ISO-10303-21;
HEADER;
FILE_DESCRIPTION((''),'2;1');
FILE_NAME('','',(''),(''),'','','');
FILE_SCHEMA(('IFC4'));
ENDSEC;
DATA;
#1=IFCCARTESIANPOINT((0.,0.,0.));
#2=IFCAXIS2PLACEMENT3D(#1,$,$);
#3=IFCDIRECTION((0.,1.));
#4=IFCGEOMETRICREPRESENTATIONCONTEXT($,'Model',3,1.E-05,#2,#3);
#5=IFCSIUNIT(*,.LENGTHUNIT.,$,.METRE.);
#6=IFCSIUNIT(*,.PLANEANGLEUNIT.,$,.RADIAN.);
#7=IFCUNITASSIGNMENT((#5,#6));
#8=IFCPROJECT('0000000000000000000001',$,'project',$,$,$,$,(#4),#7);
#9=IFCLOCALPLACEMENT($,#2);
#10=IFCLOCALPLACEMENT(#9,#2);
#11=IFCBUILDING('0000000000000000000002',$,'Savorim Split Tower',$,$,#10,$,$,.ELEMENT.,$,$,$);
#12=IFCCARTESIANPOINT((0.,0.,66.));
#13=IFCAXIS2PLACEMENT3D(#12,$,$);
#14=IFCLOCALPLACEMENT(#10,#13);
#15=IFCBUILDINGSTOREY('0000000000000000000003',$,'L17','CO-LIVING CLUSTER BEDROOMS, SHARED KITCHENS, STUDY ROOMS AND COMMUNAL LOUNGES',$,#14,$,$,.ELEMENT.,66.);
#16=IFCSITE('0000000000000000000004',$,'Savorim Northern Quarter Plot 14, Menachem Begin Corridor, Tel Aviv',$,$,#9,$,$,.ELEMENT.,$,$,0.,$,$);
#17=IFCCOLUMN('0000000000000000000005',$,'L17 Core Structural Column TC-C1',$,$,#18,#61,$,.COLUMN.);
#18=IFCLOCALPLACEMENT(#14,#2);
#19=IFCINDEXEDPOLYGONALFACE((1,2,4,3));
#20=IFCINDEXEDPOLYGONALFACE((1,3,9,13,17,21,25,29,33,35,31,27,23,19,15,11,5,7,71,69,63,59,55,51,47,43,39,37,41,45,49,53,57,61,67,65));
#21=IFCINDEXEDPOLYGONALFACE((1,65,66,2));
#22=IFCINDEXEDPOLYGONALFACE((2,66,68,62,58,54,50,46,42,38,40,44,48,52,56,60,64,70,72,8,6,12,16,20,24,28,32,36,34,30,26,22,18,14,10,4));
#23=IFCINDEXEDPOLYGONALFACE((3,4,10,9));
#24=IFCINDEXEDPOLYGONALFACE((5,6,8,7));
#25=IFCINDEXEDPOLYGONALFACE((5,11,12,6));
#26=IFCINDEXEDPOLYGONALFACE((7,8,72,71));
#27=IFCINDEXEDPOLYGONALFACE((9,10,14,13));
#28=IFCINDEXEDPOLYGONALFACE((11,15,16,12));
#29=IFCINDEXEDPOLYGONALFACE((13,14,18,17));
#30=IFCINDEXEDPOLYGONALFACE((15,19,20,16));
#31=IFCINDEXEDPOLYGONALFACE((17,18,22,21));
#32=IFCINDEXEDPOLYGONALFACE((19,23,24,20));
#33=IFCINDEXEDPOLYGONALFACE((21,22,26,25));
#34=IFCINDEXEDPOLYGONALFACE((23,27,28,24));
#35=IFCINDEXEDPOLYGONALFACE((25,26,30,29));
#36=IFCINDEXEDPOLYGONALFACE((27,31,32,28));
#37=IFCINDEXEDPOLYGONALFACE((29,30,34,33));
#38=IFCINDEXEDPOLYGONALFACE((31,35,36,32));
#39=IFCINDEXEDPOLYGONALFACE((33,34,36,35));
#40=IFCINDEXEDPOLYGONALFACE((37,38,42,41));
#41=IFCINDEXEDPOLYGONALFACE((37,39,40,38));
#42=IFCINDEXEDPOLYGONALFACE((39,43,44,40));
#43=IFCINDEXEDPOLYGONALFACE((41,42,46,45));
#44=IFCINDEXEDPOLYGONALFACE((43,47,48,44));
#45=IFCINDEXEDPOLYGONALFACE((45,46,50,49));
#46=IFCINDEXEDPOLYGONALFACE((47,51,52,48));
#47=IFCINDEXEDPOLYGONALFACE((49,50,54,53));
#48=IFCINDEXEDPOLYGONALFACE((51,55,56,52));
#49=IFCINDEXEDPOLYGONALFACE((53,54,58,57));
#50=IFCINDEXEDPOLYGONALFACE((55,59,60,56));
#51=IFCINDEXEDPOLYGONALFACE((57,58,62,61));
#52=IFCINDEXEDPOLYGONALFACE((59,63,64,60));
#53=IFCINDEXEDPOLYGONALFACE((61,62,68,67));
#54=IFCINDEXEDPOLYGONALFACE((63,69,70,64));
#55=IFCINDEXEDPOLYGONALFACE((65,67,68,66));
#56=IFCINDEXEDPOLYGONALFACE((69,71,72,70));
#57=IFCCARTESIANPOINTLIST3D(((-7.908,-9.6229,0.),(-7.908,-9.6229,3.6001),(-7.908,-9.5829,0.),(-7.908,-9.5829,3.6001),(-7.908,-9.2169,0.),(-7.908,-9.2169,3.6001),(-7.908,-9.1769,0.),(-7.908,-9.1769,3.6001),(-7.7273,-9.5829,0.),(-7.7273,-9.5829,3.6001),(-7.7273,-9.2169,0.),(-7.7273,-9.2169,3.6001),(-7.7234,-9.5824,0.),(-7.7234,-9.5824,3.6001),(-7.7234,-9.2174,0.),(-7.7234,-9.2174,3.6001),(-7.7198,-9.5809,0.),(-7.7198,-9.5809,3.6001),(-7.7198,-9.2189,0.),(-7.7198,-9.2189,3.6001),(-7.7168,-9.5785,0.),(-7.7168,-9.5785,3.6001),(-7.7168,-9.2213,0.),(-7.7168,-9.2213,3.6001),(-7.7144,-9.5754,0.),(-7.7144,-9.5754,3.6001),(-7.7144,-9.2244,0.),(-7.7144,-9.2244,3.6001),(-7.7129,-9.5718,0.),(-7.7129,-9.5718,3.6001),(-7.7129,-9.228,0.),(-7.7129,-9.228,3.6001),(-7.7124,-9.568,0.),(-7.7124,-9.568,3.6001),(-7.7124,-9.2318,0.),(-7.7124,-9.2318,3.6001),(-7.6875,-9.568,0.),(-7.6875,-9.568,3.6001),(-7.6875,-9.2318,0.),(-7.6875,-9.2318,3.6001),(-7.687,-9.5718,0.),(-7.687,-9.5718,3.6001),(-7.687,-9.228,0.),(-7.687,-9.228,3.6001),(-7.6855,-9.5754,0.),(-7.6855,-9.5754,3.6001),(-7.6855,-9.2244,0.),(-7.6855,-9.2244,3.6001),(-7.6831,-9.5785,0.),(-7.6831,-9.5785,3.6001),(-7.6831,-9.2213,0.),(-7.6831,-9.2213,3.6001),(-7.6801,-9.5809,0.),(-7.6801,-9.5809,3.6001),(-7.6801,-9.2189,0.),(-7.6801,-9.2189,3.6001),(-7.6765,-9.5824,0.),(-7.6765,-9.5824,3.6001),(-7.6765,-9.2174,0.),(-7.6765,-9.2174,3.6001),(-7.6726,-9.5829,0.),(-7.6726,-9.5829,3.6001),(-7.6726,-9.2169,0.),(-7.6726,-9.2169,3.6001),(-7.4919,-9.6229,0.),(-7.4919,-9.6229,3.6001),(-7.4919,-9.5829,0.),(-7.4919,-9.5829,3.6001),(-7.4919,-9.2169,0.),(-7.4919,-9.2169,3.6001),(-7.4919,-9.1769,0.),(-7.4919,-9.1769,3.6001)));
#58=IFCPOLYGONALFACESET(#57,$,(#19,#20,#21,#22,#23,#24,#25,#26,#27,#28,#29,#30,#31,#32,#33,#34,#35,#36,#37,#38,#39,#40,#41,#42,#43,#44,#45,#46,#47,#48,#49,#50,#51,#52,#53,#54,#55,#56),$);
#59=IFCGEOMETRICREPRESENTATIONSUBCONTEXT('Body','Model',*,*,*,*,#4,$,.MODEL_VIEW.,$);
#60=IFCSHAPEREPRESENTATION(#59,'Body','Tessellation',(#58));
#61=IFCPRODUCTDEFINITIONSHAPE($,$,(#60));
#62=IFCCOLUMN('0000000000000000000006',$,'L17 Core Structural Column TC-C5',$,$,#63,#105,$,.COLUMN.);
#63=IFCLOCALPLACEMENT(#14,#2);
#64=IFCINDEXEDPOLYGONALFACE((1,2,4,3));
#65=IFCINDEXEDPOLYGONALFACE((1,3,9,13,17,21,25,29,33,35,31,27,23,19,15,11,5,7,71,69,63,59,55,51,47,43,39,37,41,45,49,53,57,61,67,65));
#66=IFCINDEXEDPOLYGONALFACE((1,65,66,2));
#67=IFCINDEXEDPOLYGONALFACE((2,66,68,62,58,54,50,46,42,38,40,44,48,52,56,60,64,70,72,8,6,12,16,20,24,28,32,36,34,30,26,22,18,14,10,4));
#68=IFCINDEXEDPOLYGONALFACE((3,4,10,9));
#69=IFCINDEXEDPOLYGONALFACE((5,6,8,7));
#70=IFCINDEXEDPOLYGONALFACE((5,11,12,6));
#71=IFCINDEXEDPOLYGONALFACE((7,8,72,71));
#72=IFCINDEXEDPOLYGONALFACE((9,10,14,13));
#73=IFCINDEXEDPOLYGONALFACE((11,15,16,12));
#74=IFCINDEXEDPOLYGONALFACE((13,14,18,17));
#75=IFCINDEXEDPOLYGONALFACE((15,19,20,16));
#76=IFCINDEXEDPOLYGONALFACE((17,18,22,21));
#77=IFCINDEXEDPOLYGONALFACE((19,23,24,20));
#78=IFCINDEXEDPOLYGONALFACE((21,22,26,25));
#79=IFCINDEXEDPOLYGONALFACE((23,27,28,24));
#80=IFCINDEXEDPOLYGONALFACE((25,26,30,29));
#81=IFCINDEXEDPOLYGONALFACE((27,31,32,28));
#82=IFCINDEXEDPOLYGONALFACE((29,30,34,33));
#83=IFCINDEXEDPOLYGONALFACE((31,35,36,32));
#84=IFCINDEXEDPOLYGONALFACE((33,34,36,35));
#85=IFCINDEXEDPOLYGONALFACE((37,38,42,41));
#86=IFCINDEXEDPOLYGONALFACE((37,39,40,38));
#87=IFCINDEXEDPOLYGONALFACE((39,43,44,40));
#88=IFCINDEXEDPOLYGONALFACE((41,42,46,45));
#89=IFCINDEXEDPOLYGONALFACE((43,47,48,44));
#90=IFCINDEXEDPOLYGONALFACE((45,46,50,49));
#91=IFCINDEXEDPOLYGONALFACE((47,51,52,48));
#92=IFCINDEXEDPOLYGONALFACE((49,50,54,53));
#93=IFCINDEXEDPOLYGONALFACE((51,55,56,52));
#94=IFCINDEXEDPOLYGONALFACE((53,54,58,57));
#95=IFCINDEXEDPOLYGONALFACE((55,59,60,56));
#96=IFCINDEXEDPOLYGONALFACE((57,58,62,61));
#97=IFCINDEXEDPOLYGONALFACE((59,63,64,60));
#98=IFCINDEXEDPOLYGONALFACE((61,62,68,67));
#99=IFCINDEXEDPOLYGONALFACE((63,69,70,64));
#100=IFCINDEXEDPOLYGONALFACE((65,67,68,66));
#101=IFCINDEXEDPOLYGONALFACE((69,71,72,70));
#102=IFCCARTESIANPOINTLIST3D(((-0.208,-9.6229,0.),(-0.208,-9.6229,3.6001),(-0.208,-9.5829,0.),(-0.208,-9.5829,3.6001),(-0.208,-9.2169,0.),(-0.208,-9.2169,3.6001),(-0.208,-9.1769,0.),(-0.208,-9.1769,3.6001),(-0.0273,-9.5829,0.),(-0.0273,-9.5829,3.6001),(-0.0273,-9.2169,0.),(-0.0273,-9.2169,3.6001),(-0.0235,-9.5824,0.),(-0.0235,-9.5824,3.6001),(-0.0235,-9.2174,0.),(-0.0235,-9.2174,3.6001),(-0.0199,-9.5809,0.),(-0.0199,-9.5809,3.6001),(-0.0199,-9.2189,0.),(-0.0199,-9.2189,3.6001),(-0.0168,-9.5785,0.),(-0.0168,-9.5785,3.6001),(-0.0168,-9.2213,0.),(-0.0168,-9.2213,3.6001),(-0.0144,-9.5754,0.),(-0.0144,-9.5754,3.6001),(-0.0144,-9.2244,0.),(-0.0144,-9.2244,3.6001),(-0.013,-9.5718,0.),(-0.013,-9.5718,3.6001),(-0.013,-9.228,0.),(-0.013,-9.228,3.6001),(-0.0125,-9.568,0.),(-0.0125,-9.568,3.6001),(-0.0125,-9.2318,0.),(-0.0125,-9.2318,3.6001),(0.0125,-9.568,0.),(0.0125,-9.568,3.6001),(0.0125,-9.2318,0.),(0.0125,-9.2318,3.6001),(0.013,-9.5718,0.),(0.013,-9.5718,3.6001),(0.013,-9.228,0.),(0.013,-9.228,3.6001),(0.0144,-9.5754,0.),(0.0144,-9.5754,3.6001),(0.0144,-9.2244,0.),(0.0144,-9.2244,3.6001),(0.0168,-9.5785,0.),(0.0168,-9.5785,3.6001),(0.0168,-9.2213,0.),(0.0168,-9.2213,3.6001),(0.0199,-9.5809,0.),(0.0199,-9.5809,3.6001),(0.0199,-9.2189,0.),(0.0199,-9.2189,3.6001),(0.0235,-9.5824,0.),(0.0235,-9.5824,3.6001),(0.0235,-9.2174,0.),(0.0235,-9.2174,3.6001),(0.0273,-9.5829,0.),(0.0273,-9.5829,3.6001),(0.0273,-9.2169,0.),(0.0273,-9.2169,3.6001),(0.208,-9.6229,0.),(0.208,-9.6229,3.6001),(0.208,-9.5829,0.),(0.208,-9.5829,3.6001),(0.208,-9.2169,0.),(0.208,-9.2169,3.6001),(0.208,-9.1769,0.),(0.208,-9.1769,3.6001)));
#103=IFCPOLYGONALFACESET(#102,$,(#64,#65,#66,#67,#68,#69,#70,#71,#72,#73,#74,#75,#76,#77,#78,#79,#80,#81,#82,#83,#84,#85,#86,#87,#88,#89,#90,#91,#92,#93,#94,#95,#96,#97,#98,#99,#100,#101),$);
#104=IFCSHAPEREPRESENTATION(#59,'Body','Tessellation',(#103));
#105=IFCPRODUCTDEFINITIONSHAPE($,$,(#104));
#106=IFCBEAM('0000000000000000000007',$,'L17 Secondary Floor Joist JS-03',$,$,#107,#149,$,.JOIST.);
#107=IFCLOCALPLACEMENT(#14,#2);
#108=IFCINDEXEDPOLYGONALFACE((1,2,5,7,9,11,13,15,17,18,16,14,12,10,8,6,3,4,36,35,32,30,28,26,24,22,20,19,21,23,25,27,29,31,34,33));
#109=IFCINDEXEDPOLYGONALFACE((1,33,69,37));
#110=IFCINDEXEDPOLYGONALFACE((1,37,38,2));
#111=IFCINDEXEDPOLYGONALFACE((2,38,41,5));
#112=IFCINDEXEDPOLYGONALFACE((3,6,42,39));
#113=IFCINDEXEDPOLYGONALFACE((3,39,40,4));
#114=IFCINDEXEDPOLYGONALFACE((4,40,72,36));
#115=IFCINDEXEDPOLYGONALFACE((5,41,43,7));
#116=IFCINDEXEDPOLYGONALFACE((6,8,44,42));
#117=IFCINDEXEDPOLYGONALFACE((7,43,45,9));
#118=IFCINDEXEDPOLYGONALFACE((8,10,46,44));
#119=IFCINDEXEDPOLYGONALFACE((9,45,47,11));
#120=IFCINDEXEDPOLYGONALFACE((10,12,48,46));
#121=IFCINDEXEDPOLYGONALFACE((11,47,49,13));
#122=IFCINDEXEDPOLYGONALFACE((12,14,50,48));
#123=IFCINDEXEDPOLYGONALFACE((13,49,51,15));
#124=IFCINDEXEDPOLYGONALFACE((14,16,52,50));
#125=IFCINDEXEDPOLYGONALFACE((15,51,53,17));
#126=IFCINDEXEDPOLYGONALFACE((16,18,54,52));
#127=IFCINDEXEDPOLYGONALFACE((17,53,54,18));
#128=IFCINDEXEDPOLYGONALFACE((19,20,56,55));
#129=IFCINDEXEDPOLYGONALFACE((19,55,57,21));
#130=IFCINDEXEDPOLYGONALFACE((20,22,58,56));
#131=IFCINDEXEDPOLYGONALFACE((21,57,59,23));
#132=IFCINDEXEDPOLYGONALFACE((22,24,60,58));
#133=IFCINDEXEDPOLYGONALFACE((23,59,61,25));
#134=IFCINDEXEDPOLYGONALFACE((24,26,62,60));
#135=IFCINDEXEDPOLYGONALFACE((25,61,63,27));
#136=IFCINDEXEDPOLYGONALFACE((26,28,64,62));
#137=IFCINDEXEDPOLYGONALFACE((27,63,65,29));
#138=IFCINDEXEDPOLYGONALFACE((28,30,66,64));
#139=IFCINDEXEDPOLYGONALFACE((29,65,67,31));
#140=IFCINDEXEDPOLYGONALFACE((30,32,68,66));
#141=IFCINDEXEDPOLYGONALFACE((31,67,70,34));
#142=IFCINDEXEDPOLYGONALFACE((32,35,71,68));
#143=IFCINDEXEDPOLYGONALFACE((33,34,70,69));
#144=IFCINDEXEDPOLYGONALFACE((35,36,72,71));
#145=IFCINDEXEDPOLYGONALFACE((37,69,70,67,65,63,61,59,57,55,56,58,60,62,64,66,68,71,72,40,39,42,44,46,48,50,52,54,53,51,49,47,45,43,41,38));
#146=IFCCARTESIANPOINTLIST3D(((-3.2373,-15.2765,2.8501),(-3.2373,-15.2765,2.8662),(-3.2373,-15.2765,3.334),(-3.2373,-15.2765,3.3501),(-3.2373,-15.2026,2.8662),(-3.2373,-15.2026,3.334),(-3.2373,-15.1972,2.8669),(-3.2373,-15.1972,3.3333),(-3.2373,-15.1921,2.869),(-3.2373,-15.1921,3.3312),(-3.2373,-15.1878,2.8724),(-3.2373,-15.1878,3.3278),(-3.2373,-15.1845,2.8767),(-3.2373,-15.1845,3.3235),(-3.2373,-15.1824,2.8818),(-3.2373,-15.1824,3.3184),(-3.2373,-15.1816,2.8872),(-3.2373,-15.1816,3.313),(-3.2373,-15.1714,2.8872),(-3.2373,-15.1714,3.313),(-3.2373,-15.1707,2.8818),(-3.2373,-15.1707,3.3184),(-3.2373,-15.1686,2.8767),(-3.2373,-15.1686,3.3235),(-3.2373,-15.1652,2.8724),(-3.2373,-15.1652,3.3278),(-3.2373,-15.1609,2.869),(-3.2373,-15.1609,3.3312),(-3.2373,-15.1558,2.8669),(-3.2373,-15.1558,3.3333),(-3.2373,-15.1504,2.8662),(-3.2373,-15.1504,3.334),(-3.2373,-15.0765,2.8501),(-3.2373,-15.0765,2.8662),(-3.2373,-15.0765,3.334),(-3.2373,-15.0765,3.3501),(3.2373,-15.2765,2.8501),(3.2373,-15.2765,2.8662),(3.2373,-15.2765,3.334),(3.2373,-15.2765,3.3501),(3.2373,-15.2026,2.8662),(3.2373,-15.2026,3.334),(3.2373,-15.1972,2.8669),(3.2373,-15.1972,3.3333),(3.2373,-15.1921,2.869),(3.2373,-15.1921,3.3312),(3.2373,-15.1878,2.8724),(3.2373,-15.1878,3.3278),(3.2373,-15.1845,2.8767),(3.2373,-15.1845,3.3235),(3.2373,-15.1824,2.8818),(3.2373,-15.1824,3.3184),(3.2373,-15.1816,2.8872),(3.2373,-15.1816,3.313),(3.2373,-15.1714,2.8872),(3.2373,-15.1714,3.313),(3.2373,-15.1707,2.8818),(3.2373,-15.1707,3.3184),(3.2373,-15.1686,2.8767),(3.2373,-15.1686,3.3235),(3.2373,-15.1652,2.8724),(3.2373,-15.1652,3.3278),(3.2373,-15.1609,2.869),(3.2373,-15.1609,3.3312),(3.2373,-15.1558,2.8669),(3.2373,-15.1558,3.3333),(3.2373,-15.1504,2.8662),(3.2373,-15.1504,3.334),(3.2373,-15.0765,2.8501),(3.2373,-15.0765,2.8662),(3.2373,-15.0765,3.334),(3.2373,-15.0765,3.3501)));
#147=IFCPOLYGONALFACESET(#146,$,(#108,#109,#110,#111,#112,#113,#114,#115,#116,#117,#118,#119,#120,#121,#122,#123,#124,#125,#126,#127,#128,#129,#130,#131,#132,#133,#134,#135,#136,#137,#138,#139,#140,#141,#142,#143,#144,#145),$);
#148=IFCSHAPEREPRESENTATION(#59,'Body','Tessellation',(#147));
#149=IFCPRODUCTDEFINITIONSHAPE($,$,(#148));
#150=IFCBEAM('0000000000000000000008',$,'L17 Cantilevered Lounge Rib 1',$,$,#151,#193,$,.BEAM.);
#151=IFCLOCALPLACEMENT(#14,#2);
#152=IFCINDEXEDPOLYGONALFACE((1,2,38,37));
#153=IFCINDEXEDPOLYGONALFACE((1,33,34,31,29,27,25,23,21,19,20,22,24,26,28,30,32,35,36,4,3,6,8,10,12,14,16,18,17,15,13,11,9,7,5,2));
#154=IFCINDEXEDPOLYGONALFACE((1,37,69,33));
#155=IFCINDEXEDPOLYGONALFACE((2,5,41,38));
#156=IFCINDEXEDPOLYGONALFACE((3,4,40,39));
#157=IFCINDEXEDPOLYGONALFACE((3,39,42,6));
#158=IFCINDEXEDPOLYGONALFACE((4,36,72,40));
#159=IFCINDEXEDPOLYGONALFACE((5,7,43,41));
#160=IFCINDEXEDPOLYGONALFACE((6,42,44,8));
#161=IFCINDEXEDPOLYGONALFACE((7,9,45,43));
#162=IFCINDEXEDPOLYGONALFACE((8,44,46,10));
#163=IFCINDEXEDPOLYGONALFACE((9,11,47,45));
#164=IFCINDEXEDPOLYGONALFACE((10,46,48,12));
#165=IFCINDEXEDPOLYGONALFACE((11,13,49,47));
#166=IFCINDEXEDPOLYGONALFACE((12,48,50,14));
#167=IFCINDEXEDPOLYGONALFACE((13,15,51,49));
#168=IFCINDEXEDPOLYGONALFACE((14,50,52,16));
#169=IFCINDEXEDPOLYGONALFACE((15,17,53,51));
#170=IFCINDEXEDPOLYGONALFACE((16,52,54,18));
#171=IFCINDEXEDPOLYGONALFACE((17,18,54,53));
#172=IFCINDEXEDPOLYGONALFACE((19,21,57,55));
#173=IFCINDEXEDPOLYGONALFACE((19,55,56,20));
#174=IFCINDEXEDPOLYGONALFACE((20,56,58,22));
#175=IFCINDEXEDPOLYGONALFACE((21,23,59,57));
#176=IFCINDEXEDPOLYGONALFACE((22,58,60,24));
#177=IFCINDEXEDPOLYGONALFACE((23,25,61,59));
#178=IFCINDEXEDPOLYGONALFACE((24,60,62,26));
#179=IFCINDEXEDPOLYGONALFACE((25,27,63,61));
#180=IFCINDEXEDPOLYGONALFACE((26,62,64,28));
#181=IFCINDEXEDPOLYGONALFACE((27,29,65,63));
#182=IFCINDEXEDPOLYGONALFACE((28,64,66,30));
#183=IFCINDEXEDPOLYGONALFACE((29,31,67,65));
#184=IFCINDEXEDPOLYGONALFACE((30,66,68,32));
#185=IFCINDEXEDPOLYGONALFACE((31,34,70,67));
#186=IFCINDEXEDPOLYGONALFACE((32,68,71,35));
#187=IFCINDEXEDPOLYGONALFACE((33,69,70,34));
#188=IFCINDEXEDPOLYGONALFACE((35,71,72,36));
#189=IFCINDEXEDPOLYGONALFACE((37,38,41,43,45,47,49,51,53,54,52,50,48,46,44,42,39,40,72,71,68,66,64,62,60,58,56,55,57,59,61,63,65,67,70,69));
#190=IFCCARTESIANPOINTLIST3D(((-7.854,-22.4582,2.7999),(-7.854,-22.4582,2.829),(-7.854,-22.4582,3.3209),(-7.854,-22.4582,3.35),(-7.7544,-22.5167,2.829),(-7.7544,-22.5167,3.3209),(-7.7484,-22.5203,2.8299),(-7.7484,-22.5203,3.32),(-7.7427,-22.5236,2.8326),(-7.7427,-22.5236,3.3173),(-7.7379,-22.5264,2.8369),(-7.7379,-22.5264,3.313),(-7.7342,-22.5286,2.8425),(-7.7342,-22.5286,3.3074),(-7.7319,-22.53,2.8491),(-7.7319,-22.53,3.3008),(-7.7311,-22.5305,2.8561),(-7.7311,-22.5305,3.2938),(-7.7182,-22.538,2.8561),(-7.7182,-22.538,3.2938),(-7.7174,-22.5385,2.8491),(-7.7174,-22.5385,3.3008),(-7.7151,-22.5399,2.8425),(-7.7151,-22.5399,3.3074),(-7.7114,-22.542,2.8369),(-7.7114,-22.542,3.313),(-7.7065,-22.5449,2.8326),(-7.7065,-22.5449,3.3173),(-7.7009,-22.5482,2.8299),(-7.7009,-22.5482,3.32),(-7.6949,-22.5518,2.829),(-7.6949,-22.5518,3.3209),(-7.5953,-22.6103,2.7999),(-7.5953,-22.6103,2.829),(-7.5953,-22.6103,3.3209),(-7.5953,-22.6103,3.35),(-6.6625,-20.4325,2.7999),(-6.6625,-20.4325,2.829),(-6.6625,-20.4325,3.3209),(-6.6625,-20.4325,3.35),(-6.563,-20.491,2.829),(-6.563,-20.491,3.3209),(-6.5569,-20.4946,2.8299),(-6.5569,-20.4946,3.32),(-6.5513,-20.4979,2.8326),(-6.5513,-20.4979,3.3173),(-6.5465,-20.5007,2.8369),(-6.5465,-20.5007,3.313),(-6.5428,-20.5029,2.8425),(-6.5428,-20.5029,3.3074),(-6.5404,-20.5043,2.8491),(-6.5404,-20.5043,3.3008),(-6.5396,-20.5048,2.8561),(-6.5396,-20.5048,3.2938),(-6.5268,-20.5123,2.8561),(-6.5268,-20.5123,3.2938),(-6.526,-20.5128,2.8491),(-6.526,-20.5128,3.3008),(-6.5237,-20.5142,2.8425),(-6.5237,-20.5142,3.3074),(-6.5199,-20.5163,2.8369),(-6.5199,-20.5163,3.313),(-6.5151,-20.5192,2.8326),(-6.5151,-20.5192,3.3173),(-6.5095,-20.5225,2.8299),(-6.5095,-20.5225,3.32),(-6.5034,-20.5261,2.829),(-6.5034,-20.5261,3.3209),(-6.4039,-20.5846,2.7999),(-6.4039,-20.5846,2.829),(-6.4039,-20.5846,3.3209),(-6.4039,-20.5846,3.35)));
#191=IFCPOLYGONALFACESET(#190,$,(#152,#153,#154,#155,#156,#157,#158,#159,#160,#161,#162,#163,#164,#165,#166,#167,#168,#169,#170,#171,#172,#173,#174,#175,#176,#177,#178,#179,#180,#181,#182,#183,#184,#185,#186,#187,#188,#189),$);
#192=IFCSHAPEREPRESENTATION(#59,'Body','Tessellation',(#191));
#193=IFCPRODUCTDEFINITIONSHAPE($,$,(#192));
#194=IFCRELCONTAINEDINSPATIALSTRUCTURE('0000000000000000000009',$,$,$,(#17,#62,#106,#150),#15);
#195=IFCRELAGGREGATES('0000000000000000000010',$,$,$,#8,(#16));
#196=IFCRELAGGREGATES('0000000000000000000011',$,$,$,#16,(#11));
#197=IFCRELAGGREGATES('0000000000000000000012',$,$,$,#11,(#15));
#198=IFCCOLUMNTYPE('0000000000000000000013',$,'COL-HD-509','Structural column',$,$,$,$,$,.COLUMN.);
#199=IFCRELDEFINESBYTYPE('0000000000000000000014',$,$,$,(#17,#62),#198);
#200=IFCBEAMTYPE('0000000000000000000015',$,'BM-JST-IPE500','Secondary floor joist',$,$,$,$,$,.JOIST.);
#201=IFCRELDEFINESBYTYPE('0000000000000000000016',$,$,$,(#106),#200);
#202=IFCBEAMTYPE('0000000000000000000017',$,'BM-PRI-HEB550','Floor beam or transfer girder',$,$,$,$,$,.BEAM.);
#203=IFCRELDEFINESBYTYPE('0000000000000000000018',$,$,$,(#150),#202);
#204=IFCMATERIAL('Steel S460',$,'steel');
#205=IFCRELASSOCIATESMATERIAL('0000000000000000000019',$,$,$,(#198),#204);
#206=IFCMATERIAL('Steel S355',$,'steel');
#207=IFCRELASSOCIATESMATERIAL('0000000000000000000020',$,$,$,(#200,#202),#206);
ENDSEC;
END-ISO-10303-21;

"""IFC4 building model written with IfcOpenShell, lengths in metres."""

from ifc_helpers import new_model, si_unit, direction, frame, origin, origin_2d, place, context, subcontext, project, spatial, i_section, extrude, material, material_profile, profile_set, type_object, element, save


model = new_model("IFC4")

# Units and contexts
model_context = context("Model", 3, precision=1e-05, world=origin(), true_north=direction((0.0, 1.0)))
body_context = subcontext(model_context, "Body", "Model", "MODEL_VIEW")
ifc_project = project(units=[si_unit("LENGTHUNIT", "METRE"), si_unit("PLANEANGLEUNIT", "RADIAN")], contexts=[model_context])

# Site, building, storey
site_placement = place(None, origin())
site = spatial("IfcSite", under=ifc_project, at=site_placement, Name="Savorim Northern Quarter Plot 14, Menachem Begin Corridor, Tel Aviv", CompositionType="ELEMENT", RefElevation=0.0)
building_placement = place(site_placement, origin())
building = spatial("IfcBuilding", under=site, at=building_placement, Name="Savorim Split Tower", CompositionType="ELEMENT")
storey_placement = place(building_placement, frame((0.0, 0.0, 66.0)))
storey = spatial("IfcBuildingStorey", under=building, at=storey_placement, Name="L17", Description="CO-LIVING CLUSTER BEDROOMS, SHARED KITCHENS, STUDY ROOMS AND COMMUNAL LOUNGES", CompositionType="ELEMENT", Elevation=66.0)

# Columns
ifc_material_1 = material(Name="Steel S460", Category="steel")
ifc_material_profile_1 = material_profile(ifc_material_1, i_section(OverallWidth=0.416, OverallDepth=0.446, WebThickness=0.0249, FlangeThickness=0.04, FilletRadius=0.0149, at=origin_2d()), Name="HD 400x509")
ifc_profile_set_1 = profile_set([ifc_material_profile_1], Name="Steel S460")
column_type = type_object("IfcColumnType", Name="COL-HD-509", Description="Structural column", PredefinedType="COLUMN", material=ifc_profile_set_1)
for number, where, z_axis, x_axis, name in (
    (1, (-7.7, -9.3999, 0.0), (0.0, 0.0, 1.0), (1.0, 0.0, 0.0), "L17 Core Structural Column TC-C1"),
    (2, (0.0, -9.3999, 0.0), (0.0, 0.0, 1.0), (1.0, 0.0, 0.0), "L17 Core Structural Column TC-C5"),
):
    element("IfcColumn", number, at=place(storey_placement, frame(where, z_axis=z_axis, x_axis=x_axis)), inside=storey, type_object=column_type, Name=name, PredefinedType="COLUMN", context=body_context, shape_type="SweptSolid", body=[
        extrude(i_section(OverallWidth=0.416, OverallDepth=0.446, WebThickness=0.0249, FlangeThickness=0.04, FilletRadius=0.0149, at=origin_2d()), origin(), (0.0, 0.0, 1.0), 3.6001),
    ])

# Beams
ifc_material_2 = material(Name="Steel S355", Category="steel")
ifc_material_profile_2 = material_profile(ifc_material_2, i_section(OverallWidth=0.2, OverallDepth=0.5, WebThickness=0.0103, FlangeThickness=0.0161, FilletRadius=0.021, at=origin_2d()), Name="IPE 500")
ifc_profile_set_2 = profile_set([ifc_material_profile_2], Name="Steel S355")
beam_type_1 = type_object("IfcBeamType", Name="BM-JST-IPE500", Description="Secondary floor joist", PredefinedType="JOIST", material=ifc_profile_set_2)
beam_1_placement = place(storey_placement, frame((-3.2373, -15.1765, 3.1001), z_axis=(1.0, 0.0, 0.0), x_axis=(0.0, 1.0, 0.0)))
element("IfcBeam", 3, at=beam_1_placement, inside=storey, type_object=beam_type_1, Name="L17 Secondary Floor Joist JS-03", PredefinedType="JOIST", context=body_context, shape_type="SweptSolid", body=[
    extrude(i_section(OverallWidth=0.2, OverallDepth=0.5, WebThickness=0.0103, FlangeThickness=0.0161, FilletRadius=0.021, at=origin_2d()), origin(), (0.0, 0.0, 1.0), 6.4746),
])
ifc_material_profile_3 = material_profile(ifc_material_2, i_section(OverallWidth=0.3, OverallDepth=0.55, WebThickness=0.0149, FlangeThickness=0.0291, FilletRadius=0.0271, at=origin_2d()), Name="HEB 550")
ifc_profile_set_3 = profile_set([ifc_material_profile_3], Name="Steel S355")
beam_type_2 = type_object("IfcBeamType", Name="BM-PRI-HEB550", Description="Floor beam or transfer girder", PredefinedType="BEAM", material=ifc_profile_set_3)
beam_2_placement = place(storey_placement, frame((-6.5332, -20.5085, 3.075), z_axis=(-0.506975, -0.861961, 0.0), x_axis=(0.861961, -0.506975, 0.0)))
element("IfcBeam", 4, at=beam_2_placement, inside=storey, type_object=beam_type_2, Name="L17 Cantilevered Lounge Rib 1", PredefinedType="BEAM", context=body_context, shape_type="SweptSolid", body=[
    extrude(i_section(OverallWidth=0.3, OverallDepth=0.55, WebThickness=0.0149, FlangeThickness=0.0291, FilletRadius=0.0271, at=origin_2d()), origin(), (0.0, 0.0, 1.0), 2.3501),
])

save(model, "model.ifc")
